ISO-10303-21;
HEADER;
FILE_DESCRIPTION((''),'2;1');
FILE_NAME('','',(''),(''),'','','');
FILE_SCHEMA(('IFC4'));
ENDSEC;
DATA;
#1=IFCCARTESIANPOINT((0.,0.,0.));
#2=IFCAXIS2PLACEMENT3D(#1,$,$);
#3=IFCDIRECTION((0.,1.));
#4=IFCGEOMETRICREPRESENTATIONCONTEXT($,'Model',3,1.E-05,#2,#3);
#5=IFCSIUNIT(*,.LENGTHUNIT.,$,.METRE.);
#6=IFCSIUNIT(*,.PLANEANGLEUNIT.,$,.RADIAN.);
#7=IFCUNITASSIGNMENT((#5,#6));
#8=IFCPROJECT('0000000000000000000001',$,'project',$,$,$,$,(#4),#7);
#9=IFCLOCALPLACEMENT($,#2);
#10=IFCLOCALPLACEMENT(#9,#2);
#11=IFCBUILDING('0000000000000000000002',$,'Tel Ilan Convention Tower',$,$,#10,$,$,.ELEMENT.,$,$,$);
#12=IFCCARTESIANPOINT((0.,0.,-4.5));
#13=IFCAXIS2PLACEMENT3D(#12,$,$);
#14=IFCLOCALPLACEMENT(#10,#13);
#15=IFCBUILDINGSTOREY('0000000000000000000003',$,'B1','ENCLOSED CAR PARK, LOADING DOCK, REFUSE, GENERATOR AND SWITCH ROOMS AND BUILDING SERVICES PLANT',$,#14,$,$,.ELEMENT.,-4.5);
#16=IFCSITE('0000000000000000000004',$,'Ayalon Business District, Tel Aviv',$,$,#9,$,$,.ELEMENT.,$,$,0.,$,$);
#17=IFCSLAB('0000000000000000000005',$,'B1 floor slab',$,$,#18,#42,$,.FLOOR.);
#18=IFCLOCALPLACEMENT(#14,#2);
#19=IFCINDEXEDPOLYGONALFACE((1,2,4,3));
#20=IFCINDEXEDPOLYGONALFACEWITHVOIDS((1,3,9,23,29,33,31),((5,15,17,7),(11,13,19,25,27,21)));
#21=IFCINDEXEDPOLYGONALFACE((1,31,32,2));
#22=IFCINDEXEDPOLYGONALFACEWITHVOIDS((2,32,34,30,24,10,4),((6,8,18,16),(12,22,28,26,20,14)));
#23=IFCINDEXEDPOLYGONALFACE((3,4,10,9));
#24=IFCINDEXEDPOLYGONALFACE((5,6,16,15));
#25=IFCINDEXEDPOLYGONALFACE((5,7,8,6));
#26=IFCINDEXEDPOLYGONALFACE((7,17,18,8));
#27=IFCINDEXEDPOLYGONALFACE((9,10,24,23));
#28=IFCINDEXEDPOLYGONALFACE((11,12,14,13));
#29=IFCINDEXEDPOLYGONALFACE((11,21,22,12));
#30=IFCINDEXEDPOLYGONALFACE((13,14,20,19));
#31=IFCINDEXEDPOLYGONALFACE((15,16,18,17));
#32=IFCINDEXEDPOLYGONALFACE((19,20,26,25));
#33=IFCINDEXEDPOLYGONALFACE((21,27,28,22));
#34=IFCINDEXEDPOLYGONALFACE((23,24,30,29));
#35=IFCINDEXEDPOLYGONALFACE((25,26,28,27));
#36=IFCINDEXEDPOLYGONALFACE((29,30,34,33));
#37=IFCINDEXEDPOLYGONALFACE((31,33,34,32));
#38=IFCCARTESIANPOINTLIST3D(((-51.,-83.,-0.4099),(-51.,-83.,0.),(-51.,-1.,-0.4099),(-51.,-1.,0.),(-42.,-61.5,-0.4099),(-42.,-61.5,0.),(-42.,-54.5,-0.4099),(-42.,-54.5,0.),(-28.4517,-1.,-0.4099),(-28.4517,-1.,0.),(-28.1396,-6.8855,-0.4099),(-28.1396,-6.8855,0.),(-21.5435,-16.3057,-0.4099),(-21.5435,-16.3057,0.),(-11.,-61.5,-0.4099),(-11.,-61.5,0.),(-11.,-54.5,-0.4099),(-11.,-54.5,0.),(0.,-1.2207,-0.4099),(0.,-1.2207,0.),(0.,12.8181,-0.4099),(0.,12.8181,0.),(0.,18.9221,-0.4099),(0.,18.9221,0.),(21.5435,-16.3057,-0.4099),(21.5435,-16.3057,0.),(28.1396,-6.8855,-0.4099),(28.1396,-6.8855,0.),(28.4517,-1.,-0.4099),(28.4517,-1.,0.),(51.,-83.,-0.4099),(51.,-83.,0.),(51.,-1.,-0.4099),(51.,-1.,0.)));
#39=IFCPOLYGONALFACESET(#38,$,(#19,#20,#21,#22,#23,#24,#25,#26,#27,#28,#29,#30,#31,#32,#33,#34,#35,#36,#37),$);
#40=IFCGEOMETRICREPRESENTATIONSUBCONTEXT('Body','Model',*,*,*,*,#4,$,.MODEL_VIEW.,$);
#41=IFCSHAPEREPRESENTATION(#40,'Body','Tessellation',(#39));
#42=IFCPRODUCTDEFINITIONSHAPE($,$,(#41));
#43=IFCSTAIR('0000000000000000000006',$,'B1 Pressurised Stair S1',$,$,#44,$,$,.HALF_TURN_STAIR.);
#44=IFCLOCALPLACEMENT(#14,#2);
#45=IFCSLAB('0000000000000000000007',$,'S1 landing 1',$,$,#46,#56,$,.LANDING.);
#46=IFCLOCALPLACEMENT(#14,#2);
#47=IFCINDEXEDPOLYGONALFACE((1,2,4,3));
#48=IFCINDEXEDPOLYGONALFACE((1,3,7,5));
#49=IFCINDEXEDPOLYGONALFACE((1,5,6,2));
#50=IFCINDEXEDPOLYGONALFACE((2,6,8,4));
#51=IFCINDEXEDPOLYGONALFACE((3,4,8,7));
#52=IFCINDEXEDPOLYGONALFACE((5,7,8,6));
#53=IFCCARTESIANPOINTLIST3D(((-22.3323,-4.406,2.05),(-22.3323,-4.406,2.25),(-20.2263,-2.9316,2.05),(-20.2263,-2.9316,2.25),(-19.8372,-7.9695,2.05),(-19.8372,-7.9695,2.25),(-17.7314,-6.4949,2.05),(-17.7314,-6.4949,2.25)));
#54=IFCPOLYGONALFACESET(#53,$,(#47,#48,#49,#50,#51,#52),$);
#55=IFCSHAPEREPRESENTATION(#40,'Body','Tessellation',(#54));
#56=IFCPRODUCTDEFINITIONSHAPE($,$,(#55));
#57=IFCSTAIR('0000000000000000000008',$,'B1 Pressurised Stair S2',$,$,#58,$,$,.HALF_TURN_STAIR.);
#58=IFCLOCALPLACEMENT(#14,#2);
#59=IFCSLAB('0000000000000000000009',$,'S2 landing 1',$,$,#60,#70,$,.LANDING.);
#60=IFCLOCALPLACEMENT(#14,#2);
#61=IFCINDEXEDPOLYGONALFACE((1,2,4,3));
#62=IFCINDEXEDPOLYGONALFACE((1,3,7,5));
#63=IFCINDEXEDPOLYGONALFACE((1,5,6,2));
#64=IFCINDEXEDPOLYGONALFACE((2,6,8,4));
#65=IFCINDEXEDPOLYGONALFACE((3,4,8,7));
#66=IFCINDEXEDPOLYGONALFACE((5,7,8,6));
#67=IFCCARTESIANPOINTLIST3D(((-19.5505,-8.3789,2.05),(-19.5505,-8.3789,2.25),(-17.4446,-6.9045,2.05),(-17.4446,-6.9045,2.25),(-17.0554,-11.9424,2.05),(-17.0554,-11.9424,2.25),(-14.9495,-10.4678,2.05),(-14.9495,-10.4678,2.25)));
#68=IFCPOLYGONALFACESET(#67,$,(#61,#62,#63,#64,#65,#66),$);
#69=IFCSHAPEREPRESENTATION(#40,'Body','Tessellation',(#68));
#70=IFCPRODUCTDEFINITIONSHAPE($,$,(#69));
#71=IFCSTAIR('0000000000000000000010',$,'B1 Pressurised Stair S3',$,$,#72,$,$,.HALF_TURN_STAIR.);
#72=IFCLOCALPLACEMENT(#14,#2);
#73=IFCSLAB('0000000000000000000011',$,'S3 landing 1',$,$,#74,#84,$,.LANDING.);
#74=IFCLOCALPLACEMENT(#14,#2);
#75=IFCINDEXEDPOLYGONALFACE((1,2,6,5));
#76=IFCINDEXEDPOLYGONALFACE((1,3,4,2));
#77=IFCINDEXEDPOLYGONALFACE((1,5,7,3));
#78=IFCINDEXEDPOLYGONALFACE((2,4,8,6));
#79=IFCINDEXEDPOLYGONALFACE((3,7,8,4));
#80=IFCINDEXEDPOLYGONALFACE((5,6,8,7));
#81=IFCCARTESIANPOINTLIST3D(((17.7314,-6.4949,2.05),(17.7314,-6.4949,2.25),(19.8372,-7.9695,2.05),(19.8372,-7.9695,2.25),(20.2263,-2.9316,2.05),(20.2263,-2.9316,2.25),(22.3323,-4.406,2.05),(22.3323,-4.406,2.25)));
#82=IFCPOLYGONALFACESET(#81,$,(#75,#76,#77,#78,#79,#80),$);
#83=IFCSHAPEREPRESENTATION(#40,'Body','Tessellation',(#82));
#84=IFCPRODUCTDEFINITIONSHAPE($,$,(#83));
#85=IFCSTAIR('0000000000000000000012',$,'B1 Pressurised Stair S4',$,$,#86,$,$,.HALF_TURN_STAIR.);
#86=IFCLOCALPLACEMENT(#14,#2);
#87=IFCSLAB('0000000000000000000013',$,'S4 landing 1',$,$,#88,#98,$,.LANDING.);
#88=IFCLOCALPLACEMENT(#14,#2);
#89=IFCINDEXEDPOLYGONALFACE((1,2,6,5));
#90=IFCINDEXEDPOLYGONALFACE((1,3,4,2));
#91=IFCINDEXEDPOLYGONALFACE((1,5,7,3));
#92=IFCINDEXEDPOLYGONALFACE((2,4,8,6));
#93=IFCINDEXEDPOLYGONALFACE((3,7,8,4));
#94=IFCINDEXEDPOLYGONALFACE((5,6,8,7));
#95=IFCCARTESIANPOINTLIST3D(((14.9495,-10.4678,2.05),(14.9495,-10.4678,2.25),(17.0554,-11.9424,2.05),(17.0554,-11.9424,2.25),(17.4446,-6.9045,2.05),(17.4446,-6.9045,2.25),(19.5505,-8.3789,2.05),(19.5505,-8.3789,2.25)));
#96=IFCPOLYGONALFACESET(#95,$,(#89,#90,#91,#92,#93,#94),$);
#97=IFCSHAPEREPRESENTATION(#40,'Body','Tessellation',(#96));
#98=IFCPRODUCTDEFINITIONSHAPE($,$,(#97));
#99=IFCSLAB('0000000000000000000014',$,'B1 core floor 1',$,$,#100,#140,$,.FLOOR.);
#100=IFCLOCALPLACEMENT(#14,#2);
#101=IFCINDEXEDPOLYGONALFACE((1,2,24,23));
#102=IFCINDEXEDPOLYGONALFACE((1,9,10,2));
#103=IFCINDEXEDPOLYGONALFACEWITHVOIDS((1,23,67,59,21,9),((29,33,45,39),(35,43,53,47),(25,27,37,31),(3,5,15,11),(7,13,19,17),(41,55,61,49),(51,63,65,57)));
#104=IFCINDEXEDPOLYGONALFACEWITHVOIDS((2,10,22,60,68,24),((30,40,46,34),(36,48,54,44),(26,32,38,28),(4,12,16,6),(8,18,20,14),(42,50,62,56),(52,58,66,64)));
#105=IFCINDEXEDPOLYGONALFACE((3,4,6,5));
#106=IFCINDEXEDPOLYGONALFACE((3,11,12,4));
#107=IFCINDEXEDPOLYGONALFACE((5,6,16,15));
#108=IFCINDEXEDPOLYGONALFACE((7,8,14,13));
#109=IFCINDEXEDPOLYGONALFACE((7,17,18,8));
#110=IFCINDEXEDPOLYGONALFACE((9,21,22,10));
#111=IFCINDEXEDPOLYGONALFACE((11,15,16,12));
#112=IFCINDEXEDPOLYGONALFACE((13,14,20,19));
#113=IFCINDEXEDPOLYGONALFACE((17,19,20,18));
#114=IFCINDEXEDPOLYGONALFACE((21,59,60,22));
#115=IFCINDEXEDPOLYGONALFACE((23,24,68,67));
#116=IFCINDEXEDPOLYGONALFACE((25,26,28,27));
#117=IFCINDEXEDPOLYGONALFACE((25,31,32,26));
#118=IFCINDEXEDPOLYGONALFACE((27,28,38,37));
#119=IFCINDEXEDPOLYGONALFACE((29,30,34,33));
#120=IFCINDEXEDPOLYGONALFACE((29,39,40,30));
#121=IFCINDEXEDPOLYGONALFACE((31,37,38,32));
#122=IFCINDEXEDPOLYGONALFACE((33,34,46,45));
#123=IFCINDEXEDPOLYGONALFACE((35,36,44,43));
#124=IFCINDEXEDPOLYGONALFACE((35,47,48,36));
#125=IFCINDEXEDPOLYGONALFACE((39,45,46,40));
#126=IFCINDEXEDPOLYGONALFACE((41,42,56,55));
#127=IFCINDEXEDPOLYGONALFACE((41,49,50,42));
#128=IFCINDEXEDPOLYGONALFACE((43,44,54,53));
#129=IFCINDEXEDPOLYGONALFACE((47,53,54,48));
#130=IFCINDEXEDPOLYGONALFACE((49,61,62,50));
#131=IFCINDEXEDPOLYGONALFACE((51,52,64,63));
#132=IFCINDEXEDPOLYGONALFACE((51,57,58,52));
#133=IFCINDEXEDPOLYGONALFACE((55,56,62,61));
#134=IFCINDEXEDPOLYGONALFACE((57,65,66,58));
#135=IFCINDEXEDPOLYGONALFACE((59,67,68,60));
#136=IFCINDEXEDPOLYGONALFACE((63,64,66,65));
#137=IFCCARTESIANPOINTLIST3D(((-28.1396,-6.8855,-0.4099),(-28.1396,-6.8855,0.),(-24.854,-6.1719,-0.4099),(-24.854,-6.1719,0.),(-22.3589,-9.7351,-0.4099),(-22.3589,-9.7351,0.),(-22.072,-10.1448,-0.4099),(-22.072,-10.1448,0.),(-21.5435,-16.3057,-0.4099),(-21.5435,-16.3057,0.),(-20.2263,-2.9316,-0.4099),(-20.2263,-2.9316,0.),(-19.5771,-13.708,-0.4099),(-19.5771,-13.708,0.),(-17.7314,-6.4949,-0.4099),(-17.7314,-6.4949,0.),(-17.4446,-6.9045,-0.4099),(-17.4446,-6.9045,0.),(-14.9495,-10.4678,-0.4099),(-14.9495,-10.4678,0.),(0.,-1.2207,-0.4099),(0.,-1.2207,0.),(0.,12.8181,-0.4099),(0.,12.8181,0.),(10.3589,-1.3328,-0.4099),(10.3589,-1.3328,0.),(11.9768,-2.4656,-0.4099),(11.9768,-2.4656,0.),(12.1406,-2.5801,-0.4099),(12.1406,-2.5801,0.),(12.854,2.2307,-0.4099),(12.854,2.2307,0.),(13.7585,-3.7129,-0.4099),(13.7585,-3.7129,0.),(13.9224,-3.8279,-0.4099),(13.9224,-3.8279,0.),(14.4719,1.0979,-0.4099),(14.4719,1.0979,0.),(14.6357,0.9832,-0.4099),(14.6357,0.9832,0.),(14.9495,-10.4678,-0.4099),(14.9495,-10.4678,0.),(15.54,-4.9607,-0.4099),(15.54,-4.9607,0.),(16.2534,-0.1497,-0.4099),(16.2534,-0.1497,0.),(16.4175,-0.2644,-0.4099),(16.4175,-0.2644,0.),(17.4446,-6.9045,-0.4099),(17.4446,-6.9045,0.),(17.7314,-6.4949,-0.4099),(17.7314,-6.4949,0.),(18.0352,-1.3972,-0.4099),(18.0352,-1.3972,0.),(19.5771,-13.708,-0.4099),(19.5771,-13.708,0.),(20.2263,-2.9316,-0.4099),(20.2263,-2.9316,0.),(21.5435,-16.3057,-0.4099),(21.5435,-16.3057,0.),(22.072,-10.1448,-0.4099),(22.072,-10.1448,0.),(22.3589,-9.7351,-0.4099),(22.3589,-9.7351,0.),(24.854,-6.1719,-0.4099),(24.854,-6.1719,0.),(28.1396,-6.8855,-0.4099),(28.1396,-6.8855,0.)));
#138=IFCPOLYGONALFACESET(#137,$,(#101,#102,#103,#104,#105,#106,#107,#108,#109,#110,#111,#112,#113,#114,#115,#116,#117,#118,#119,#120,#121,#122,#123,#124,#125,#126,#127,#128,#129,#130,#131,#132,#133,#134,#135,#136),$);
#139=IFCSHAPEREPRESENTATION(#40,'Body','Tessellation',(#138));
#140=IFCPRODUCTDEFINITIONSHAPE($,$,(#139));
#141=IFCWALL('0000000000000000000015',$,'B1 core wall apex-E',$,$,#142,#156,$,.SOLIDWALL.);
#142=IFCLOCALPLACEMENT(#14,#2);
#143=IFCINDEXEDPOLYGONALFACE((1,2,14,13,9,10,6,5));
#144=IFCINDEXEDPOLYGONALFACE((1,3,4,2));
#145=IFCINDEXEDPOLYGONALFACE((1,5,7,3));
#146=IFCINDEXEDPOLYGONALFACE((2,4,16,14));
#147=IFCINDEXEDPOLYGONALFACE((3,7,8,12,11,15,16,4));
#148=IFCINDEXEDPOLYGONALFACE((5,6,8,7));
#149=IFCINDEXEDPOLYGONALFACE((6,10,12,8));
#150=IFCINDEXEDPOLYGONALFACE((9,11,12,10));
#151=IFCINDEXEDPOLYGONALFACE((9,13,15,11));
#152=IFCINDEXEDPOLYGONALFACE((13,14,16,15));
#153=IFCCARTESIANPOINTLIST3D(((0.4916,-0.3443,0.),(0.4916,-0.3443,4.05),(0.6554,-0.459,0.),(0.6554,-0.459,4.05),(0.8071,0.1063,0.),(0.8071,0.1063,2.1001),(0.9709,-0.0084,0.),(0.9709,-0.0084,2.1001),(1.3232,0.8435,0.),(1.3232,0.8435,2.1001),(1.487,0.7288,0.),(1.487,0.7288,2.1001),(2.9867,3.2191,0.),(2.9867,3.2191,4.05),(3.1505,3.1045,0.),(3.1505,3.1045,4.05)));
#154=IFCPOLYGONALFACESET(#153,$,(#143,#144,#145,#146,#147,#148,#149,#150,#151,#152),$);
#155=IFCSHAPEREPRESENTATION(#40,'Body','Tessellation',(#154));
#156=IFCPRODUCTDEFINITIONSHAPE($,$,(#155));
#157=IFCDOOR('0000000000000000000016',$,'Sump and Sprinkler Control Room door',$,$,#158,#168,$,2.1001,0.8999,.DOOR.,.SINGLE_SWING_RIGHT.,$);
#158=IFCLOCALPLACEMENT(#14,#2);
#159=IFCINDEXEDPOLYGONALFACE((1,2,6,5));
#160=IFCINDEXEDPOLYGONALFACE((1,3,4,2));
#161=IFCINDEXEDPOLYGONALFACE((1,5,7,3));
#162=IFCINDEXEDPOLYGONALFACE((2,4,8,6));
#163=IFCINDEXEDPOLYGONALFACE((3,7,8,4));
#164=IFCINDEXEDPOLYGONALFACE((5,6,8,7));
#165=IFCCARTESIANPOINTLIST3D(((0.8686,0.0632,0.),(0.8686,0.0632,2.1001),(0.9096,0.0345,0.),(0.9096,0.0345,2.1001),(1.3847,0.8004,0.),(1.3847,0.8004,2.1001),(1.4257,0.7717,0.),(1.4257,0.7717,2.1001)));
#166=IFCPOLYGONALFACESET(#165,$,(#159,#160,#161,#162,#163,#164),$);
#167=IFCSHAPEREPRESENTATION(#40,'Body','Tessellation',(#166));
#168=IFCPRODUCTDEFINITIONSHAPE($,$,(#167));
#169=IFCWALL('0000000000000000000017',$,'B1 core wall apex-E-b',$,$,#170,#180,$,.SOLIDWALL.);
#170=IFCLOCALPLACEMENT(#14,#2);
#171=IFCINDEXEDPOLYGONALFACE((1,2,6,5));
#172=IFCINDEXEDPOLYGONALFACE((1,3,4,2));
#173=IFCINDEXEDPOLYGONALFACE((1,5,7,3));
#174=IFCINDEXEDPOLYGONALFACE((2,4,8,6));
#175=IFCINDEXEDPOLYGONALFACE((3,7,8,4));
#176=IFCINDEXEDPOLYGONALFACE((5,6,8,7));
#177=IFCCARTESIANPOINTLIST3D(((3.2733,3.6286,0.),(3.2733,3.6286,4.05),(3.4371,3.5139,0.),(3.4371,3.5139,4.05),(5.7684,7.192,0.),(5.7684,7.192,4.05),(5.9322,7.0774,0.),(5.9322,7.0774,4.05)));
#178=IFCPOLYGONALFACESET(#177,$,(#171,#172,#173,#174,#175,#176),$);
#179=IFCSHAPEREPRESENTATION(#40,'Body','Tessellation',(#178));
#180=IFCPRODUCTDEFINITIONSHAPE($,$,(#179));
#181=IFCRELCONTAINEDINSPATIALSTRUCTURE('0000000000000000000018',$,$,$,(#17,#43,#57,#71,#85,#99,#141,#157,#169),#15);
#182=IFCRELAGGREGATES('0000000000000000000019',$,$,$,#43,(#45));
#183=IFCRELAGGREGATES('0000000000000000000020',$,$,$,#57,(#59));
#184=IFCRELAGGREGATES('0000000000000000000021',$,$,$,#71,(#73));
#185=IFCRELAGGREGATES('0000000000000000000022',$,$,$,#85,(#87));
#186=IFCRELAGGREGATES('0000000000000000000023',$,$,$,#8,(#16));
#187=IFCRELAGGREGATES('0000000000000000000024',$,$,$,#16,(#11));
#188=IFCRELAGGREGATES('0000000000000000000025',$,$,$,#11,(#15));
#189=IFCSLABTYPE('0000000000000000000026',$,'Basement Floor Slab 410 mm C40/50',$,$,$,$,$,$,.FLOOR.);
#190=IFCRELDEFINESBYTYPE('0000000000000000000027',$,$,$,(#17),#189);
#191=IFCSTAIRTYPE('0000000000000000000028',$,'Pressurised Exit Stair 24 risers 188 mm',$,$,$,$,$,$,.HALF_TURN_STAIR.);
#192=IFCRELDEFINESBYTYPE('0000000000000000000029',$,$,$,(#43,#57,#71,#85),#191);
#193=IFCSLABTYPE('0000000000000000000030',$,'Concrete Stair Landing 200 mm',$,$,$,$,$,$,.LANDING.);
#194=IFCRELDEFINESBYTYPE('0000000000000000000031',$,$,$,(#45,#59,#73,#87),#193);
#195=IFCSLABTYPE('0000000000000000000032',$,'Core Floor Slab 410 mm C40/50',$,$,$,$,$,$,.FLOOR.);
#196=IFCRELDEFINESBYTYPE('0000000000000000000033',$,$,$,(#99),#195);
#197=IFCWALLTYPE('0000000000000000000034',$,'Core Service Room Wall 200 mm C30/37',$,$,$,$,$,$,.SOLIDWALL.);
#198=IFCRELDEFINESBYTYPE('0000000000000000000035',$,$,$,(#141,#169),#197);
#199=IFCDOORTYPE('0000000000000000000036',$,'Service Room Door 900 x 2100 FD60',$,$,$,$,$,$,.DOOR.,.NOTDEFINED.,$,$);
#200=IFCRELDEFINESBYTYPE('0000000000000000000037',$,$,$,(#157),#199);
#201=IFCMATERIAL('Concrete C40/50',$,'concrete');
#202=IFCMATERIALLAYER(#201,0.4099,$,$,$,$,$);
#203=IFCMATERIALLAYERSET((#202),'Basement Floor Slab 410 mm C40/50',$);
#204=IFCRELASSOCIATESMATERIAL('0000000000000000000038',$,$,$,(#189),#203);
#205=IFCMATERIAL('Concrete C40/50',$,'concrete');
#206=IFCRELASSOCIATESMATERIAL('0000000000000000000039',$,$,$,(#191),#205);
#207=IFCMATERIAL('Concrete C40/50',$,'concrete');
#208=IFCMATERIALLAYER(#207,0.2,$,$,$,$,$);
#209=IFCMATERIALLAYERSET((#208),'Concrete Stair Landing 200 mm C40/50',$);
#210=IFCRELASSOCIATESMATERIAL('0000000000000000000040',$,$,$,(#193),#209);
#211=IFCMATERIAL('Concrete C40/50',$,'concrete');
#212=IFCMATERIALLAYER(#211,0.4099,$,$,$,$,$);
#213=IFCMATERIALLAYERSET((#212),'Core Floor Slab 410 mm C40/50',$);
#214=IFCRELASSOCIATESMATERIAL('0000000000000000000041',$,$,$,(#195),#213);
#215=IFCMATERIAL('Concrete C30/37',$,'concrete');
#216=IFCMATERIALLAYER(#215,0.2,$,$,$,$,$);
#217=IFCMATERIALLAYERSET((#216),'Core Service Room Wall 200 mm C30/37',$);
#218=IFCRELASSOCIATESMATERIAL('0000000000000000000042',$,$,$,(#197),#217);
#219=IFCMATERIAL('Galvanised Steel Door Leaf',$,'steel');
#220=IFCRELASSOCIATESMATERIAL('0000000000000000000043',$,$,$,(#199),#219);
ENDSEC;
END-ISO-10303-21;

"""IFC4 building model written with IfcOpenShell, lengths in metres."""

from ifc_helpers import new_model, si_unit, direction, frame, frame_2d, origin, place, context, subcontext, project, spatial, polyline, rectangle, outline, extrude, material, layer, layer_set, type_object, element, fill, aggregate, save


model = new_model("IFC4")

# Units and contexts
model_context = context("Model", 3, precision=1e-05, world=origin(), true_north=direction((0.0, 1.0)))
body_context = subcontext(model_context, "Body", "Model", "MODEL_VIEW")
ifc_project = project(units=[si_unit("LENGTHUNIT", "METRE"), si_unit("PLANEANGLEUNIT", "RADIAN")], contexts=[model_context])

# Site, building, storey
site_placement = place(None, origin())
site = spatial("IfcSite", under=ifc_project, at=site_placement, Name="Ayalon Business District, Tel Aviv", CompositionType="ELEMENT", RefElevation=0.0)
building_placement = place(site_placement, origin())
building = spatial("IfcBuilding", under=site, at=building_placement, Name="Tel Ilan Convention Tower", CompositionType="ELEMENT")
storey_placement = place(building_placement, frame((0.0, 0.0, -4.5)))
storey = spatial("IfcBuildingStorey", under=building, at=storey_placement, Name="B1", Description="ENCLOSED CAR PARK, LOADING DOCK, REFUSE, GENERATOR AND SWITCH ROOMS AND BUILDING SERVICES PLANT", CompositionType="ELEMENT", Elevation=-4.5)

# Slab
ifc_material_1 = material(Name="Concrete C40/50", Category="concrete")
ifc_layer_1 = layer(ifc_material_1, 0.4099)
ifc_layer_set_1 = layer_set([ifc_layer_1], Name="Basement Floor Slab 410 mm C40/50")
slab_type_1 = type_object("IfcSlabType", Name="Basement Floor Slab 410 mm C40/50", PredefinedType="FLOOR", material=ifc_layer_set_1)
slab_1_placement = place(storey_placement, frame((0.0, 0.0, -0.4099)))
element("IfcSlab", 1, at=slab_1_placement, inside=storey, type_object=slab_type_1, Name="B1 floor slab", PredefinedType="FLOOR", context=body_context, shape_type="SweptSolid", body=[
    extrude(outline(polyline([(-28.4517, -1.0), (0.0, 18.9221), (28.4517, -1.0), (51.0, -1.0), (51.0, -83.0), (-51.0, -83.0), (-51.0, -1.0), (-28.4517, -1.0)]), holes=[polyline([(21.5435, -16.3057), (28.1396, -6.8855), (0.0, 12.8181), (-28.1396, -6.8855), (-21.5435, -16.3057), (0.0, -1.2207), (21.5435, -16.3057)]), polyline([(-11.0, -54.5), (-42.0, -54.5), (-42.0, -61.5), (-11.0, -61.5), (-11.0, -54.5)])]), origin(), (0.0, 0.0, 1.0), 0.4099),
])

# Stairs, slabs
ifc_material_2 = material(Name="Concrete C40/50", Category="concrete")
stair_type = type_object("IfcStairType", Name="Pressurised Exit Stair 24 risers 188 mm", PredefinedType="HALF_TURN_STAIR", material=ifc_material_2)
stair_1_placement = place(storey_placement, origin())
stair_1 = element("IfcStair", 2, at=stair_1_placement, inside=storey, type_object=stair_type, Name="B1 Pressurised Stair S1", PredefinedType="HALF_TURN_STAIR")
ifc_material_3 = material(Name="Concrete C40/50", Category="concrete")
ifc_layer_2 = layer(ifc_material_3, 0.2)
ifc_layer_set_2 = layer_set([ifc_layer_2], Name="Concrete Stair Landing 200 mm C40/50")
slab_type_2 = type_object("IfcSlabType", Name="Concrete Stair Landing 200 mm", PredefinedType="LANDING", material=ifc_layer_set_2)
slab_2_placement = place(storey_placement, frame((0.0, 0.0, 2.05)))
slab_2 = element("IfcSlab", 3, at=slab_2_placement, type_object=slab_type_2, Name="S1 landing 1", PredefinedType="LANDING", context=body_context, shape_type="SweptSolid", body=[
    extrude(outline(polyline([(-19.8372, -7.9695), (-17.7314, -6.4949), (-20.2263, -2.9316), (-22.3323, -4.406), (-19.8372, -7.9695)])), origin(), (0.0, 0.0, 1.0), 0.2),
])
aggregate(stair_1, [slab_2])
stair_2_placement = place(storey_placement, origin())
stair_2 = element("IfcStair", 4, at=stair_2_placement, inside=storey, type_object=stair_type, Name="B1 Pressurised Stair S2", PredefinedType="HALF_TURN_STAIR")
slab_3_placement = place(storey_placement, frame((0.0, 0.0, 2.05)))
slab_3 = element("IfcSlab", 5, at=slab_3_placement, type_object=slab_type_2, Name="S2 landing 1", PredefinedType="LANDING", context=body_context, shape_type="SweptSolid", body=[
    extrude(outline(polyline([(-17.0554, -11.9424), (-14.9495, -10.4678), (-17.4446, -6.9045), (-19.5505, -8.3789), (-17.0554, -11.9424)])), origin(), (0.0, 0.0, 1.0), 0.2),
])
aggregate(stair_2, [slab_3])
stair_3_placement = place(storey_placement, origin())
stair_3 = element("IfcStair", 6, at=stair_3_placement, inside=storey, type_object=stair_type, Name="B1 Pressurised Stair S3", PredefinedType="HALF_TURN_STAIR")
slab_4_placement = place(storey_placement, frame((0.0, 0.0, 2.05)))
slab_4 = element("IfcSlab", 7, at=slab_4_placement, type_object=slab_type_2, Name="S3 landing 1", PredefinedType="LANDING", context=body_context, shape_type="SweptSolid", body=[
    extrude(outline(polyline([(22.3323, -4.406), (20.2263, -2.9316), (17.7314, -6.4949), (19.8372, -7.9695), (22.3323, -4.406)])), origin(), (0.0, 0.0, 1.0), 0.2),
])
aggregate(stair_3, [slab_4])
stair_4_placement = place(storey_placement, origin())
stair_4 = element("IfcStair", 8, at=stair_4_placement, inside=storey, type_object=stair_type, Name="B1 Pressurised Stair S4", PredefinedType="HALF_TURN_STAIR")
slab_5_placement = place(storey_placement, frame((0.0, 0.0, 2.05)))
slab_5 = element("IfcSlab", 9, at=slab_5_placement, type_object=slab_type_2, Name="S4 landing 1", PredefinedType="LANDING", context=body_context, shape_type="SweptSolid", body=[
    extrude(outline(polyline([(19.5505, -8.3789), (17.4446, -6.9045), (14.9495, -10.4678), (17.0554, -11.9424), (19.5505, -8.3789)])), origin(), (0.0, 0.0, 1.0), 0.2),
])
aggregate(stair_4, [slab_5])

# Slab
ifc_material_4 = material(Name="Concrete C40/50", Category="concrete")
ifc_layer_3 = layer(ifc_material_4, 0.4099)
ifc_layer_set_3 = layer_set([ifc_layer_3], Name="Core Floor Slab 410 mm C40/50")
slab_type_3 = type_object("IfcSlabType", Name="Core Floor Slab 410 mm C40/50", PredefinedType="FLOOR", material=ifc_layer_set_3)
slab_6_placement = place(storey_placement, frame((0.0, 0.0, -0.4099)))
element("IfcSlab", 10, at=slab_6_placement, inside=storey, type_object=slab_type_3, Name="B1 core floor 1", PredefinedType="FLOOR", context=body_context, shape_type="SweptSolid", body=[
    extrude(outline(polyline([(-28.1396, -6.8855), (0.0, 12.8181), (28.1396, -6.8855), (21.5435, -16.3057), (0.0, -1.2207), (-21.5435, -16.3057), (-28.1396, -6.8855)]), holes=[polyline([(-22.072, -10.1448), (-19.5771, -13.708), (-14.9495, -10.4678), (-17.4446, -6.9045), (-22.072, -10.1448)]), polyline([(14.9495, -10.4678), (19.5771, -13.708), (22.072, -10.1448), (17.4446, -6.9045), (14.9495, -10.4678)]), polyline([(-20.2263, -2.9316), (-24.854, -6.1719), (-22.3589, -9.7351), (-17.7314, -6.4949), (-20.2263, -2.9316)]), polyline([(17.7314, -6.4949), (22.3589, -9.7351), (24.854, -6.1719), (20.2263, -2.9316), (17.7314, -6.4949)]), polyline([(18.0352, -1.3972), (16.4175, -0.2644), (13.9224, -3.8279), (15.54, -4.9607), (18.0352, -1.3972)]), polyline([(16.2534, -0.1497), (14.6357, 0.9832), (12.1406, -2.5801), (13.7585, -3.7129), (16.2534, -0.1497)]), polyline([(14.4719, 1.0979), (12.854, 2.2307), (10.3589, -1.3328), (11.9768, -2.4656), (14.4719, 1.0979)])]), origin(), (0.0, 0.0, 1.0), 0.4099),
])

# Wall, opening, door
ifc_material_5 = material(Name="Concrete C30/37", Category="concrete")
ifc_layer_4 = layer(ifc_material_5, 0.2)
ifc_layer_set_4 = layer_set([ifc_layer_4], Name="Core Service Room Wall 200 mm C30/37")
wall_type_1 = type_object("IfcWallType", Name="Core Service Room Wall 200 mm C30/37", PredefinedType="SOLIDWALL", material=ifc_layer_set_4)
wall_1_placement = place(storey_placement, frame((0.5735, -0.4016, 0.0), z_axis=(0.0, 0.0, 1.0), x_axis=(0.573568, 0.819158, 0.0)))
wall_1 = element("IfcWall", 11, at=wall_1_placement, inside=storey, type_object=wall_type_1, Name="B1 core wall apex-E", PredefinedType="SOLIDWALL", context=body_context, shape_type="SweptSolid", body=[
    extrude(rectangle(XDim=4.3501, YDim=0.2, at=frame_2d((2.175, 0.0))), origin(), (0.0, 0.0, 1.0), 4.05),
])
opening_1_placement = place(wall_1_placement, frame((0.55, 0.0, 0.0)))
opening_1 = element("IfcOpeningElement", 12, at=opening_1_placement, cuts=wall_1, PredefinedType="OPENING", context=body_context, shape_type="SweptSolid", body=[
    extrude(rectangle(XDim=0.8999, YDim=2.1001, at=frame_2d((0.45, 1.05))), frame((0.0, 0.1099, 0.0), z_axis=(0.0, -1.0, 0.0), x_axis=(1.0, 0.0, 0.0)), (0.0, 0.0, 1.0), 0.22),
])
ifc_material_6 = material(Name="Galvanised Steel Door Leaf", Category="steel")
door_type_1 = type_object("IfcDoorType", Name="Service Room Door 900 x 2100 FD60", OperationType="NOTDEFINED", PredefinedType="DOOR", material=ifc_material_6)
door_1_placement = place(opening_1_placement, origin())
door_1 = element("IfcDoor", 13, at=door_1_placement, inside=storey, type_object=door_type_1, Name="Sump and Sprinkler Control Room door", OperationType="SINGLE_SWING_RIGHT", OverallHeight=2.1001, OverallWidth=0.8999, PredefinedType="DOOR", context=body_context, shape_type="SweptSolid", body=[
    extrude(rectangle(XDim=0.8999, YDim=2.1001, at=frame_2d((0.45, 1.05))), frame((0.0, 0.0249, 0.0), z_axis=(0.0, -1.0, 0.0), x_axis=(1.0, 0.0, 0.0)), (0.0, 0.0, 1.0), 0.05),
])
fill(opening_1, door_1)

# Wall
wall_2_placement = place(storey_placement, frame((3.3552, 3.5713, 0.0), z_axis=(0.0, 0.0, 1.0), x_axis=(0.573568, 0.819158, 0.0)))
element("IfcWall", 14, at=wall_2_placement, inside=storey, type_object=wall_type_1, Name="B1 core wall apex-E-b", PredefinedType="SOLIDWALL", context=body_context, shape_type="SweptSolid", body=[
    extrude(rectangle(XDim=4.3501, YDim=0.2, at=frame_2d((2.175, 0.0))), origin(), (0.0, 0.0, 1.0), 4.05),
])

save(model, "model.ifc")
